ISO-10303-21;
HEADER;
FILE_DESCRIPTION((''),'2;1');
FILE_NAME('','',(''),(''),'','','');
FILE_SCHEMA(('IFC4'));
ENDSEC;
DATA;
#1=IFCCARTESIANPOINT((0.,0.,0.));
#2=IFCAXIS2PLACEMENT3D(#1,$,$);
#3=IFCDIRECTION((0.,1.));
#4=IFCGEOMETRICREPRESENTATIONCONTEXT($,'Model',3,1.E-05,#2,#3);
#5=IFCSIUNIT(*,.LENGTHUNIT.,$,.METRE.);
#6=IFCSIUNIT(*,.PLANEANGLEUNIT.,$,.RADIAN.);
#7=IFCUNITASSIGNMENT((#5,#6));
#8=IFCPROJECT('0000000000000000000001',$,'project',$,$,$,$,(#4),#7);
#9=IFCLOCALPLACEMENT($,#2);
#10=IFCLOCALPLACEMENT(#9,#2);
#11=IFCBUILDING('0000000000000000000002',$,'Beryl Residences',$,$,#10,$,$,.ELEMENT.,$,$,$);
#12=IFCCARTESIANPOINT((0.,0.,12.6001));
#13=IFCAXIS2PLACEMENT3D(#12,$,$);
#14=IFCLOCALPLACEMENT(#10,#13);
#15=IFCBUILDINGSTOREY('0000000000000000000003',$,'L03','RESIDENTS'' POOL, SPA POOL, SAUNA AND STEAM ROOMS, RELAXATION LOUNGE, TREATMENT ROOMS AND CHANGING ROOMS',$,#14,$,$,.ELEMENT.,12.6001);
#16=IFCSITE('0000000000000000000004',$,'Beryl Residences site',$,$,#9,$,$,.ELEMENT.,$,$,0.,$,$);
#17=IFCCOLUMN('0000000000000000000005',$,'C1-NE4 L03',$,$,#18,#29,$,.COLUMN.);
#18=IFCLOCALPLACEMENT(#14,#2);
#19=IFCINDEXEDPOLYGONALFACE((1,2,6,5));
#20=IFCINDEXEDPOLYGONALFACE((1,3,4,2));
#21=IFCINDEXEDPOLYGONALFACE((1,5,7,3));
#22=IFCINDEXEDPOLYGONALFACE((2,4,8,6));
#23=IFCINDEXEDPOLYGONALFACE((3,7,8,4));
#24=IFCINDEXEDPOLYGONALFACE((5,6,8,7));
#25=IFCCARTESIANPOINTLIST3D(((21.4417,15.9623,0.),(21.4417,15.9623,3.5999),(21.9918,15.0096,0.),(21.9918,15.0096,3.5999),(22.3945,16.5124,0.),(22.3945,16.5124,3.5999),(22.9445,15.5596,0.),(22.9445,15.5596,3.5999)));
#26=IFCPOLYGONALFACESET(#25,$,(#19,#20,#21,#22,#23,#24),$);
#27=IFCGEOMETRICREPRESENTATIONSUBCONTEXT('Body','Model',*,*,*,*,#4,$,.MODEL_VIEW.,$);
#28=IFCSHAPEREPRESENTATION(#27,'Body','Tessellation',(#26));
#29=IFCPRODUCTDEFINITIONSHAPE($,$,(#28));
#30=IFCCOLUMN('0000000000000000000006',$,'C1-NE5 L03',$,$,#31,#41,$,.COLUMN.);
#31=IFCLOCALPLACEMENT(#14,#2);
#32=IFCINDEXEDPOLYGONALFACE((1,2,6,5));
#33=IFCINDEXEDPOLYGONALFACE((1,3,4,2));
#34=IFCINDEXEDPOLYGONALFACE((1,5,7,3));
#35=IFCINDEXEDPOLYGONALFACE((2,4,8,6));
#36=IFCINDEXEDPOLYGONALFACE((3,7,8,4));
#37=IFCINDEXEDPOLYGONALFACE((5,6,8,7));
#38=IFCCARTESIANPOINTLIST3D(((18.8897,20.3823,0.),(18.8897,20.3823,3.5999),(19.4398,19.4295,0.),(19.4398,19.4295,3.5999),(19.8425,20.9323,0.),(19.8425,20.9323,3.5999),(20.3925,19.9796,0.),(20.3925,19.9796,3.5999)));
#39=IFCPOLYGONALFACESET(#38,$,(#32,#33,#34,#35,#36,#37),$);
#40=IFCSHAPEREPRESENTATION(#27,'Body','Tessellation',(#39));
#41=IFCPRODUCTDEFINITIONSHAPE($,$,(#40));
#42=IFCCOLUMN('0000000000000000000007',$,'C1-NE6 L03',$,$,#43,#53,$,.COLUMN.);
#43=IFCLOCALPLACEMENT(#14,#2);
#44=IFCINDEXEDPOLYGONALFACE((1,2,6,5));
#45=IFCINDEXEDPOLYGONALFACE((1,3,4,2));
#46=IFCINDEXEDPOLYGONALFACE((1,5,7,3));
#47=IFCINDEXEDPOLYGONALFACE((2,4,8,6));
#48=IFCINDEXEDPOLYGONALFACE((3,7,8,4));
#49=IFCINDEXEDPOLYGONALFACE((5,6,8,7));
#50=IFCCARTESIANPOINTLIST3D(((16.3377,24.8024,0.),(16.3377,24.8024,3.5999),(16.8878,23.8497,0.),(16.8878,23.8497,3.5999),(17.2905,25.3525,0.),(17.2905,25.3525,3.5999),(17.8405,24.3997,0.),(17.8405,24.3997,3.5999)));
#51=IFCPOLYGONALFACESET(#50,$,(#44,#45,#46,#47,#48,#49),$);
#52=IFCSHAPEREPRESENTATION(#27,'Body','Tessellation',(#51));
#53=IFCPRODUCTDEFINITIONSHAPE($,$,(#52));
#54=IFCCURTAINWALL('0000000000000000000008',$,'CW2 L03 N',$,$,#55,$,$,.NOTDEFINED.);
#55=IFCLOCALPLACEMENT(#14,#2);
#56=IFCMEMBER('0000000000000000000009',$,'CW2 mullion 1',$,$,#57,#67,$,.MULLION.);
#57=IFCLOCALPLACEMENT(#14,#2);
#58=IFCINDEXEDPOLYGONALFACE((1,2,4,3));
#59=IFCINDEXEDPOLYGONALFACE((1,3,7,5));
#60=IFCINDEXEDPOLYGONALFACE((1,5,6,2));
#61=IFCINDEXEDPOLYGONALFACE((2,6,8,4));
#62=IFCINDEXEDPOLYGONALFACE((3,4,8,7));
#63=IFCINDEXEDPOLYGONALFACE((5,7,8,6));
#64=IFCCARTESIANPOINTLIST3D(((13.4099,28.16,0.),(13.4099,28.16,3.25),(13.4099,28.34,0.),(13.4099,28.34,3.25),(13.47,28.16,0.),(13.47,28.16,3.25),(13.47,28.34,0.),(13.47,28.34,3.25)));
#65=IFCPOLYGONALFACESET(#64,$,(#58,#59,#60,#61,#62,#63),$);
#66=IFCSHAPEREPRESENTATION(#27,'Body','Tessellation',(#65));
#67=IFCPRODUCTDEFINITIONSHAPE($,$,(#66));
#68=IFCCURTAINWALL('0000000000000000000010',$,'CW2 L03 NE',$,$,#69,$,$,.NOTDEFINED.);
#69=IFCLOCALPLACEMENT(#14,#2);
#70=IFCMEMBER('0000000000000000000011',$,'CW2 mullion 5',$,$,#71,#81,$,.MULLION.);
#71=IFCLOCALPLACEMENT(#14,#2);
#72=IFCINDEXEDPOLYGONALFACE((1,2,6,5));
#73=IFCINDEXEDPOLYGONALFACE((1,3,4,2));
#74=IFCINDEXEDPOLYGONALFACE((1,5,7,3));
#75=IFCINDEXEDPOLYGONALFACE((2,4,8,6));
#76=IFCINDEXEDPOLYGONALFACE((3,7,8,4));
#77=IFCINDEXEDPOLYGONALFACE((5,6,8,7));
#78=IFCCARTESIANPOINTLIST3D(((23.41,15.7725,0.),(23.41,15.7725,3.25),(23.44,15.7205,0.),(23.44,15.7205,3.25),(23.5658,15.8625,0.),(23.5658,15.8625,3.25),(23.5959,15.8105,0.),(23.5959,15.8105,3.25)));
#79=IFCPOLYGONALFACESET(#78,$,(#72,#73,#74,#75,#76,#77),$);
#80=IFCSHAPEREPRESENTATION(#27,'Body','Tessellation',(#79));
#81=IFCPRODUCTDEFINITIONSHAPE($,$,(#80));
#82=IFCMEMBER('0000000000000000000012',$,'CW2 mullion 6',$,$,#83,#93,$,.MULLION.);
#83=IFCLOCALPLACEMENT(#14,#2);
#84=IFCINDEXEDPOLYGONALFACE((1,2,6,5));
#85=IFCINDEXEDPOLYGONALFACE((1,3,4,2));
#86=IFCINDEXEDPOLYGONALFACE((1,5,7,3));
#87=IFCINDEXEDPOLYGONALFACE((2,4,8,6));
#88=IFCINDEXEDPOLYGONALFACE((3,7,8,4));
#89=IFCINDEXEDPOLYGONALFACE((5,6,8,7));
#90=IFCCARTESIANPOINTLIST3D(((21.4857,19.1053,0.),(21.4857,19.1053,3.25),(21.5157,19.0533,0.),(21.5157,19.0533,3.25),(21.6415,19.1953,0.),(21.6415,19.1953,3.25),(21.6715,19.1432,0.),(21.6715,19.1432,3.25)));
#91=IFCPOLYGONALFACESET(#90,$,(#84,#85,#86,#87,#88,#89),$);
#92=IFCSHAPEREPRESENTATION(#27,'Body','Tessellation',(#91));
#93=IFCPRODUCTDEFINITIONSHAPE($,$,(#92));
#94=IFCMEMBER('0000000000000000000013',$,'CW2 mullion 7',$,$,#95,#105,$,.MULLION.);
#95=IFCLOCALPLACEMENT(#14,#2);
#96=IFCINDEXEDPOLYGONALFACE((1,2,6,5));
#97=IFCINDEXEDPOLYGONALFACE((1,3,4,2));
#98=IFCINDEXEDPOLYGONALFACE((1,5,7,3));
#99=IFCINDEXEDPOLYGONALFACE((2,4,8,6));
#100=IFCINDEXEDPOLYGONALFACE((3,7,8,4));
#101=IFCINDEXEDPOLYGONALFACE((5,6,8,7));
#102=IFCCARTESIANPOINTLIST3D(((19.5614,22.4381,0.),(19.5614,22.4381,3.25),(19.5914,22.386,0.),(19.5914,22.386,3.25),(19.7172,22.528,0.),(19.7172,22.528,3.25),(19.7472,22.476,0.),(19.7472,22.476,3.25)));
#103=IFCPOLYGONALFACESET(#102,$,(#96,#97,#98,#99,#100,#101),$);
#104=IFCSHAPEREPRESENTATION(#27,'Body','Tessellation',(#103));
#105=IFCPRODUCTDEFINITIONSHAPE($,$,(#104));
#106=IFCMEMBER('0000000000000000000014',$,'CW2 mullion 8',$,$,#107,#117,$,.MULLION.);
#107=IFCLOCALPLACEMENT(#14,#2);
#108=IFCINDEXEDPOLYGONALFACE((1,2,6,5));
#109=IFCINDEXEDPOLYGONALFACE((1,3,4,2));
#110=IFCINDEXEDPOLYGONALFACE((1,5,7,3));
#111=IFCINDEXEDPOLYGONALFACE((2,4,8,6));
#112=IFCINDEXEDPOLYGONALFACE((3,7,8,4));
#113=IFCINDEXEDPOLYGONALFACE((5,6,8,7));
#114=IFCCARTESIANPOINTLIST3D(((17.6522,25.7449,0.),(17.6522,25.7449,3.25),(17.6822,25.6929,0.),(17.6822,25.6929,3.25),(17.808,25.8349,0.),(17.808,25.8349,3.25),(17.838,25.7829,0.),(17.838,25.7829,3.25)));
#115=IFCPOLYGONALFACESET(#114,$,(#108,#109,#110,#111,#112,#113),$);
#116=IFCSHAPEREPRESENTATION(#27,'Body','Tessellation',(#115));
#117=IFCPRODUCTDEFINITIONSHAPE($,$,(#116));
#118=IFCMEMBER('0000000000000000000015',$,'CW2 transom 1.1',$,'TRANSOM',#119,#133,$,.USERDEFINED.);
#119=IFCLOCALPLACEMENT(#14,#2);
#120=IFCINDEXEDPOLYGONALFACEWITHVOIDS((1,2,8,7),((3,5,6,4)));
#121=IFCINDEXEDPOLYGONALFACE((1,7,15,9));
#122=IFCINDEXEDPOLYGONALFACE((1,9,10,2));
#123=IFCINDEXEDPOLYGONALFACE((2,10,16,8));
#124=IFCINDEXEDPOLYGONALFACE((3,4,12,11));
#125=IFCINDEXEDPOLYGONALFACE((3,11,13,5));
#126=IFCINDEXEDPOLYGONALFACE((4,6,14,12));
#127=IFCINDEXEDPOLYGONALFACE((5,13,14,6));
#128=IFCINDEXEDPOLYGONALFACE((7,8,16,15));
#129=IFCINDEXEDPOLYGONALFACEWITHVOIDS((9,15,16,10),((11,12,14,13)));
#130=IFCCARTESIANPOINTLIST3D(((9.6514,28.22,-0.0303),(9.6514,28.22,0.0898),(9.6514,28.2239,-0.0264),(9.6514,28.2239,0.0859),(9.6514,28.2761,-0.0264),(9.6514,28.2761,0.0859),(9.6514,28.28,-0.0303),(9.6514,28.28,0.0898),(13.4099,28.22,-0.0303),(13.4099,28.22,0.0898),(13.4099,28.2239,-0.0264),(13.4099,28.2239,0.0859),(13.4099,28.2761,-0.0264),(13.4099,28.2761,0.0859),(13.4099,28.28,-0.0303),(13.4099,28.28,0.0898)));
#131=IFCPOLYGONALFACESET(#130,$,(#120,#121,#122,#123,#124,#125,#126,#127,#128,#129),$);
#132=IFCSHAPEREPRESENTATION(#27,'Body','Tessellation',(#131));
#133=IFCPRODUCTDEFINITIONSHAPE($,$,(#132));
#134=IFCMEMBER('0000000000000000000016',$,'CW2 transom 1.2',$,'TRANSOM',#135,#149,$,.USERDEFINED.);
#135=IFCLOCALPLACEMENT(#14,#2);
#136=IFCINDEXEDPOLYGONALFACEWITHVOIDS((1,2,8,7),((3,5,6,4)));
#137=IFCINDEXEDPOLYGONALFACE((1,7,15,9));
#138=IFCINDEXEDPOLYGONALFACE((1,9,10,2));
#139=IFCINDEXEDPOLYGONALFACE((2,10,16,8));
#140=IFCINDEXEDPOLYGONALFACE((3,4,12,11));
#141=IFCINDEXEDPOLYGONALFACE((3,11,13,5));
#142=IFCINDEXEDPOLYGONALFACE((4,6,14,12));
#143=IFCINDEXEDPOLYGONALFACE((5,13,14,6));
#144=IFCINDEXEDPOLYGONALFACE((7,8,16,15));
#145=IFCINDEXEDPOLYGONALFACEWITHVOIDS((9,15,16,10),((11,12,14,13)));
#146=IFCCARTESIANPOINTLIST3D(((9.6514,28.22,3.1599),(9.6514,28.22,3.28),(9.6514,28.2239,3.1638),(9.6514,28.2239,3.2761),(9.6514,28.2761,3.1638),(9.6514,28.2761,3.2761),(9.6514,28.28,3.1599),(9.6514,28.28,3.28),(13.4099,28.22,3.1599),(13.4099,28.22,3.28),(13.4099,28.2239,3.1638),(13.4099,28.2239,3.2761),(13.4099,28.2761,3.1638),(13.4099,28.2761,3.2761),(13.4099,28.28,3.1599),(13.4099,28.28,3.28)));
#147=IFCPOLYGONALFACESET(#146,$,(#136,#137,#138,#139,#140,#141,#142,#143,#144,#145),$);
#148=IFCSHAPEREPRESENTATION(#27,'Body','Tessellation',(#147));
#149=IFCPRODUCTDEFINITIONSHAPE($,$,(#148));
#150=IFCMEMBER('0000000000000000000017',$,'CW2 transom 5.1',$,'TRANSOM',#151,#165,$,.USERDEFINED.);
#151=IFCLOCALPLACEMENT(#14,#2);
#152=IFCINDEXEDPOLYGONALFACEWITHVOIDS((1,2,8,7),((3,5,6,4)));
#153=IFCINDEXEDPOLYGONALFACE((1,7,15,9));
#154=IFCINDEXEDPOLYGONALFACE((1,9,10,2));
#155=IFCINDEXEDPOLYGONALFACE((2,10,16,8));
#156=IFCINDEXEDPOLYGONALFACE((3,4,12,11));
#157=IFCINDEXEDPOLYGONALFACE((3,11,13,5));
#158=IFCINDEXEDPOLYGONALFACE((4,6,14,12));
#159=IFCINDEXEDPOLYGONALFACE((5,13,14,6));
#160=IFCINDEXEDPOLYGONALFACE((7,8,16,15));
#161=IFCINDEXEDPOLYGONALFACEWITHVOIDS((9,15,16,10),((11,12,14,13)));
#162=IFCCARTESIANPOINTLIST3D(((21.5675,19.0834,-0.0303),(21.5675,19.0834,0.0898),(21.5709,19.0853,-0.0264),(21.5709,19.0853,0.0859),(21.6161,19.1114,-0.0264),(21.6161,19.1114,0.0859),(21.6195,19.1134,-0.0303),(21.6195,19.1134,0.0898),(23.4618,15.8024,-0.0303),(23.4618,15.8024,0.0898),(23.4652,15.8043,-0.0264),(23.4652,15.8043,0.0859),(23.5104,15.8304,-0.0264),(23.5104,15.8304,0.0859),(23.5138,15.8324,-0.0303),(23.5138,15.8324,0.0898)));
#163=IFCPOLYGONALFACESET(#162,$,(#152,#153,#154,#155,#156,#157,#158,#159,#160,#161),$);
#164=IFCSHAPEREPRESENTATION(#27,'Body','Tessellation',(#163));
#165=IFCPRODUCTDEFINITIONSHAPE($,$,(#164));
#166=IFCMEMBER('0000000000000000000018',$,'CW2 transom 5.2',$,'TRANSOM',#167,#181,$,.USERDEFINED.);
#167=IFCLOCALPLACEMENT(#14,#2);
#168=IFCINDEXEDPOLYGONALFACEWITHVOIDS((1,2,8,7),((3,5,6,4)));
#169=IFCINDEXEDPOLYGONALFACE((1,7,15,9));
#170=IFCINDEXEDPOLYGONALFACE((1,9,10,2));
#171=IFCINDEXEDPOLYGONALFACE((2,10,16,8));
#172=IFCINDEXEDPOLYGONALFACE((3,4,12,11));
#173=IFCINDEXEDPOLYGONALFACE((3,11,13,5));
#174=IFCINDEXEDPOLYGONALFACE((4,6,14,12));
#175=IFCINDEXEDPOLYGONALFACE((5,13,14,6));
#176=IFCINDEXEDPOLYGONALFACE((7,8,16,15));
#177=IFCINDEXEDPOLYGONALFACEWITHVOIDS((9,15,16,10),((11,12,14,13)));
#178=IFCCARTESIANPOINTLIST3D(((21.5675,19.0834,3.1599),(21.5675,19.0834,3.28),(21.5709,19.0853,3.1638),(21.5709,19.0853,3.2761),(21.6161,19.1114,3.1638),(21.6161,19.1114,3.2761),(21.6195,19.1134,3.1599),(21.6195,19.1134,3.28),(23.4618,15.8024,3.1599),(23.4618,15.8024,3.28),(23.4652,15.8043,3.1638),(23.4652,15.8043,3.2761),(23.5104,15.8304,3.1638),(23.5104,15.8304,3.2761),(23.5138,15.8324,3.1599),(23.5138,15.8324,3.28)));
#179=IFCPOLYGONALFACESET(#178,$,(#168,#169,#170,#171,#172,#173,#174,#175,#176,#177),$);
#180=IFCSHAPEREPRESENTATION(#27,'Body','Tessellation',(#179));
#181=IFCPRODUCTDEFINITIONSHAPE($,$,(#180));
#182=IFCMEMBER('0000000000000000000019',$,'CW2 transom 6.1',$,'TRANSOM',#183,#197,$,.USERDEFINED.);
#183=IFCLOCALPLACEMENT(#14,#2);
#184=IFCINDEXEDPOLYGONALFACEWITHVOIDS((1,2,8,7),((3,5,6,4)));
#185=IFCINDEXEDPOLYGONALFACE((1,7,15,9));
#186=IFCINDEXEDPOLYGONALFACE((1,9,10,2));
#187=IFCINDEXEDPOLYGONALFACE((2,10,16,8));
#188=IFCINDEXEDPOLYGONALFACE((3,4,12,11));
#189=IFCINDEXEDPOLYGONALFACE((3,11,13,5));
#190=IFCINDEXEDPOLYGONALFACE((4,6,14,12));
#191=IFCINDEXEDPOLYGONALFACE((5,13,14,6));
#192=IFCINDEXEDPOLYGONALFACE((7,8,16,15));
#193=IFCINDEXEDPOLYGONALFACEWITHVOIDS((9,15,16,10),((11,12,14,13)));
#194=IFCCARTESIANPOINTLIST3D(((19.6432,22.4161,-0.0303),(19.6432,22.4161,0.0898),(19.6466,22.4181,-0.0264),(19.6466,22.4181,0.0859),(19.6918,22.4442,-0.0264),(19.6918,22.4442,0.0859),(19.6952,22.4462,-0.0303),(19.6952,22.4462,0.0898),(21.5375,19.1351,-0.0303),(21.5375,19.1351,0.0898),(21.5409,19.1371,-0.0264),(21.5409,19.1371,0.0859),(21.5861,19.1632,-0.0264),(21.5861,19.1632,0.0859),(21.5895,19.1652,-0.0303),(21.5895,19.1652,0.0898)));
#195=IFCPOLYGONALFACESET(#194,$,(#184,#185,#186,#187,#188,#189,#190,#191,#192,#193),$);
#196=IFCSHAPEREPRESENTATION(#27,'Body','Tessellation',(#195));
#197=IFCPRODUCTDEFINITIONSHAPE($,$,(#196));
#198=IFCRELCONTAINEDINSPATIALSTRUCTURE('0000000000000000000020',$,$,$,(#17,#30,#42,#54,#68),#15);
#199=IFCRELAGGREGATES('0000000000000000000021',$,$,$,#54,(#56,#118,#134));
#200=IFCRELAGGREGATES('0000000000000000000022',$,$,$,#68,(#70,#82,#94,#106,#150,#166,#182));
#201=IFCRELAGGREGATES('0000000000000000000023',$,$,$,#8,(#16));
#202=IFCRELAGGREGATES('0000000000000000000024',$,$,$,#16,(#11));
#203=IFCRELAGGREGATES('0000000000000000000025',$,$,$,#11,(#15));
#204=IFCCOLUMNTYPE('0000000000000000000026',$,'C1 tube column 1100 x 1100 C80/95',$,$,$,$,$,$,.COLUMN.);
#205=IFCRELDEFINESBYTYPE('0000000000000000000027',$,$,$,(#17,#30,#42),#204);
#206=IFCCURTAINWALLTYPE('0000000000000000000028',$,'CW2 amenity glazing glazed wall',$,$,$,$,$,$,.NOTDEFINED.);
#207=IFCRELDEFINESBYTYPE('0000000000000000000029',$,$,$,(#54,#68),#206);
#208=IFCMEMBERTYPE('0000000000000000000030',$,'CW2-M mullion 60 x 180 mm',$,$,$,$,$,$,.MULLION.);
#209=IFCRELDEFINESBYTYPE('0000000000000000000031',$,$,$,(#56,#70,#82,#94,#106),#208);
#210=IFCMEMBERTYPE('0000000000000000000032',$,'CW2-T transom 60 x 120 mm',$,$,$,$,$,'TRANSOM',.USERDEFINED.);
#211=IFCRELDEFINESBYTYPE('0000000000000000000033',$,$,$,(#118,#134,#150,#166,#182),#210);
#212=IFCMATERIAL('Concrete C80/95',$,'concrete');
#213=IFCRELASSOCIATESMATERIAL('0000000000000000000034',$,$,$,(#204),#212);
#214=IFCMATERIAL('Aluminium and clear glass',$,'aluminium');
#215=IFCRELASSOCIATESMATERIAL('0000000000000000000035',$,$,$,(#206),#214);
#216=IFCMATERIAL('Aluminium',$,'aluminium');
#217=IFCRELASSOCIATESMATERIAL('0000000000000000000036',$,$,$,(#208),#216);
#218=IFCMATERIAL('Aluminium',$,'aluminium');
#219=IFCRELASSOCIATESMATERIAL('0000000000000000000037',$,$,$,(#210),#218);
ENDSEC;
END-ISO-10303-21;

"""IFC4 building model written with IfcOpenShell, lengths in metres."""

from ifc_helpers import new_model, si_unit, direction, frame, origin, origin_2d, place, context, subcontext, project, spatial, rectangle, hollow_rectangle, extrude, material, material_profile, profile_set, type_object, element, aggregate, save


model = new_model("IFC4")

# Units and contexts
model_context = context("Model", 3, precision=1e-05, world=origin(), true_north=direction((0.0, 1.0)))
body_context = subcontext(model_context, "Body", "Model", "MODEL_VIEW")
ifc_project = project(units=[si_unit("LENGTHUNIT", "METRE"), si_unit("PLANEANGLEUNIT", "RADIAN")], contexts=[model_context])

# Site, building, storey
site_placement = place(None, origin())
site = spatial("IfcSite", under=ifc_project, at=site_placement, Name="Beryl Residences site", CompositionType="ELEMENT", RefElevation=0.0)
building_placement = place(site_placement, origin())
building = spatial("IfcBuilding", under=site, at=building_placement, Name="Beryl Residences", CompositionType="ELEMENT")
storey_placement = place(building_placement, frame((0.0, 0.0, 12.6001)))
storey = spatial("IfcBuildingStorey", under=building, at=storey_placement, Name="L03", Description="RESIDENTS' POOL, SPA POOL, SAUNA AND STEAM ROOMS, RELAXATION LOUNGE, TREATMENT ROOMS AND CHANGING ROOMS", CompositionType="ELEMENT", Elevation=12.6001)

# Columns
ifc_material_1 = material(Name="Concrete C80/95", Category="concrete")
ifc_material_profile_1 = material_profile(ifc_material_1, rectangle(XDim=1.1001, YDim=1.1001, at=origin_2d()))
ifc_profile_set_1 = profile_set([ifc_material_profile_1], Name="Concrete C80/95")
column_type = type_object("IfcColumnType", Name="C1 tube column 1100 x 1100 C80/95", PredefinedType="COLUMN", material=ifc_profile_set_1)
for number, where, z_axis, x_axis, name in (
    (1, (22.1931, 15.761, 0.0), (0.0, 0.0, 1.0), (-0.499985, 0.866034, 0.0), "C1-NE4 L03"),
    (2, (19.6411, 20.1809, 0.0), (0.0, 0.0, 1.0), (-0.499985, 0.866034, 0.0), "C1-NE5 L03"),
    (3, (17.0891, 24.6011, 0.0), (0.0, 0.0, 1.0), (-0.499985, 0.866034, 0.0), "C1-NE6 L03"),
):
    element("IfcColumn", number, at=place(storey_placement, frame(where, z_axis=z_axis, x_axis=x_axis)), inside=storey, type_object=column_type, Name=name, PredefinedType="COLUMN", context=body_context, shape_type="SweptSolid", body=[
        extrude(rectangle(XDim=1.1001, YDim=1.1001, at=origin_2d()), origin(), (0.0, 0.0, 1.0), 3.5999),
    ])

# Curtain wall, member
ifc_material_2 = material(Name="Aluminium and clear glass", Category="aluminium")
curtain_wall_type = type_object("IfcCurtainWallType", Name="CW2 amenity glazing glazed wall", PredefinedType="NOTDEFINED", material=ifc_material_2)
curtain_wall_1_placement = place(storey_placement, origin())
curtain_wall_1 = element("IfcCurtainWall", 4, at=curtain_wall_1_placement, inside=storey, type_object=curtain_wall_type, Name="CW2 L03 N", PredefinedType="NOTDEFINED")
ifc_material_3 = material(Name="Aluminium", Category="aluminium")
ifc_material_profile_2 = material_profile(ifc_material_3, rectangle(XDim=0.0601, YDim=0.1799, at=origin_2d()))
ifc_profile_set_2 = profile_set([ifc_material_profile_2], Name="Aluminium")
member_type_1 = type_object("IfcMemberType", Name="CW2-M mullion 60 x 180 mm", PredefinedType="MULLION", material=ifc_profile_set_2)
member_1_placement = place(storey_placement, frame((13.4399, 28.25, 0.0), z_axis=(0.0, 0.0, 1.0), x_axis=(-1.0, 0.0, 0.0)))
member_1 = element("IfcMember", 5, at=member_1_placement, type_object=member_type_1, Name="CW2 mullion 1", PredefinedType="MULLION", context=body_context, shape_type="SweptSolid", body=[
    extrude(rectangle(XDim=0.0601, YDim=0.1799, at=origin_2d()), origin(), (0.0, 0.0, 1.0), 3.25),
])

# Curtain wall, members
curtain_wall_2_placement = place(storey_placement, origin())
curtain_wall_2 = element("IfcCurtainWall", 6, at=curtain_wall_2_placement, inside=storey, type_object=curtain_wall_type, Name="CW2 L03 NE", PredefinedType="NOTDEFINED")
member_2_placement = place(storey_placement, frame((23.5029, 15.7915, 0.0), z_axis=(0.0, 0.0, 1.0), x_axis=(-0.500012, 0.866019, 0.0)))
member_2 = element("IfcMember", 7, at=member_2_placement, type_object=member_type_1, Name="CW2 mullion 5", PredefinedType="MULLION", context=body_context, shape_type="SweptSolid", body=[
    extrude(rectangle(XDim=0.0601, YDim=0.1799, at=origin_2d()), origin(), (0.0, 0.0, 1.0), 3.25),
])
member_3_placement = place(storey_placement, frame((21.5786, 19.1243, 0.0), z_axis=(0.0, 0.0, 1.0), x_axis=(-0.500012, 0.866019, 0.0)))
member_3 = element("IfcMember", 8, at=member_3_placement, type_object=member_type_1, Name="CW2 mullion 6", PredefinedType="MULLION", context=body_context, shape_type="SweptSolid", body=[
    extrude(rectangle(XDim=0.0601, YDim=0.1799, at=origin_2d()), origin(), (0.0, 0.0, 1.0), 3.25),
])
member_4_placement = place(storey_placement, frame((19.6543, 22.457, 0.0), z_axis=(0.0, 0.0, 1.0), x_axis=(-0.500012, 0.866019, 0.0)))
member_4 = element("IfcMember", 9, at=member_4_placement, type_object=member_type_1, Name="CW2 mullion 7", PredefinedType="MULLION", context=body_context, shape_type="SweptSolid", body=[
    extrude(rectangle(XDim=0.0601, YDim=0.1799, at=origin_2d()), origin(), (0.0, 0.0, 1.0), 3.25),
])
member_5_placement = place(storey_placement, frame((17.7451, 25.7639, 0.0), z_axis=(0.0, 0.0, 1.0), x_axis=(-0.500012, 0.866019, 0.0)))
member_5 = element("IfcMember", 10, at=member_5_placement, type_object=member_type_1, Name="CW2 mullion 8", PredefinedType="MULLION", context=body_context, shape_type="SweptSolid", body=[
    extrude(rectangle(XDim=0.0601, YDim=0.1799, at=origin_2d()), origin(), (0.0, 0.0, 1.0), 3.25),
])

# Members
ifc_material_4 = material(Name="Aluminium", Category="aluminium")
ifc_material_profile_3 = material_profile(ifc_material_4, hollow_rectangle(XDim=0.0601, YDim=0.1201, WallThickness=0.0039, at=origin_2d()))
ifc_profile_set_3 = profile_set([ifc_material_profile_3], Name="Aluminium")
member_type_2 = type_object("IfcMemberType", Name="CW2-T transom 60 x 120 mm", ElementType="TRANSOM", PredefinedType="USERDEFINED", material=ifc_profile_set_3)
member_6_placement = place(storey_placement, frame((13.4099, 28.25, 0.0298), z_axis=(-1.0, 0.0, 0.0), x_axis=(0.0, -1.0, 0.0)))
member_6 = element("IfcMember", 11, at=member_6_placement, type_object=member_type_2, Name="CW2 transom 1.1", ObjectType="TRANSOM", PredefinedType="USERDEFINED", context=body_context, shape_type="SweptSolid", body=[
    extrude(hollow_rectangle(XDim=0.0601, YDim=0.1201, WallThickness=0.0039, at=origin_2d()), origin(), (0.0, 0.0, 1.0), 3.7585),
])
member_7_placement = place(storey_placement, frame((13.4099, 28.25, 3.22), z_axis=(-1.0, 0.0, 0.0), x_axis=(0.0, -1.0, 0.0)))
member_7 = element("IfcMember", 12, at=member_7_placement, type_object=member_type_2, Name="CW2 transom 1.2", ObjectType="TRANSOM", PredefinedType="USERDEFINED", context=body_context, shape_type="SweptSolid", body=[
    extrude(hollow_rectangle(XDim=0.0601, YDim=0.1201, WallThickness=0.0039, at=origin_2d()), origin(), (0.0, 0.0, 1.0), 3.7585),
])
aggregate(curtain_wall_1, [member_1, member_6, member_7])
member_8_placement = place(storey_placement, frame((23.4878, 15.8174, 0.0298), z_axis=(-0.5, 0.866026, 0.0), x_axis=(-0.866026, -0.5, 0.0)))
member_8 = element("IfcMember", 13, at=member_8_placement, type_object=member_type_2, Name="CW2 transom 5.1", ObjectType="TRANSOM", PredefinedType="USERDEFINED", context=body_context, shape_type="SweptSolid", body=[
    extrude(hollow_rectangle(XDim=0.0601, YDim=0.1201, WallThickness=0.0039, at=origin_2d()), origin(), (0.0, 0.0, 1.0), 3.7886),
])
member_9_placement = place(storey_placement, frame((23.4878, 15.8174, 3.22), z_axis=(-0.5, 0.866026, 0.0), x_axis=(-0.866026, -0.5, 0.0)))
member_9 = element("IfcMember", 14, at=member_9_placement, type_object=member_type_2, Name="CW2 transom 5.2", ObjectType="TRANSOM", PredefinedType="USERDEFINED", context=body_context, shape_type="SweptSolid", body=[
    extrude(hollow_rectangle(XDim=0.0601, YDim=0.1201, WallThickness=0.0039, at=origin_2d()), origin(), (0.0, 0.0, 1.0), 3.7886),
])
member_10_placement = place(storey_placement, frame((21.5635, 19.1501, 0.0298), z_axis=(-0.5, 0.866026, 0.0), x_axis=(-0.866026, -0.5, 0.0)))
member_10 = element("IfcMember", 15, at=member_10_placement, type_object=member_type_2, Name="CW2 transom 6.1", ObjectType="TRANSOM", PredefinedType="USERDEFINED", context=body_context, shape_type="SweptSolid", body=[
    extrude(hollow_rectangle(XDim=0.0601, YDim=0.1201, WallThickness=0.0039, at=origin_2d()), origin(), (0.0, 0.0, 1.0), 3.7886),
])

aggregate(curtain_wall_2, [member_2, member_3, member_4, member_5, member_8, member_9, member_10])

save(model, "model.ifc")
